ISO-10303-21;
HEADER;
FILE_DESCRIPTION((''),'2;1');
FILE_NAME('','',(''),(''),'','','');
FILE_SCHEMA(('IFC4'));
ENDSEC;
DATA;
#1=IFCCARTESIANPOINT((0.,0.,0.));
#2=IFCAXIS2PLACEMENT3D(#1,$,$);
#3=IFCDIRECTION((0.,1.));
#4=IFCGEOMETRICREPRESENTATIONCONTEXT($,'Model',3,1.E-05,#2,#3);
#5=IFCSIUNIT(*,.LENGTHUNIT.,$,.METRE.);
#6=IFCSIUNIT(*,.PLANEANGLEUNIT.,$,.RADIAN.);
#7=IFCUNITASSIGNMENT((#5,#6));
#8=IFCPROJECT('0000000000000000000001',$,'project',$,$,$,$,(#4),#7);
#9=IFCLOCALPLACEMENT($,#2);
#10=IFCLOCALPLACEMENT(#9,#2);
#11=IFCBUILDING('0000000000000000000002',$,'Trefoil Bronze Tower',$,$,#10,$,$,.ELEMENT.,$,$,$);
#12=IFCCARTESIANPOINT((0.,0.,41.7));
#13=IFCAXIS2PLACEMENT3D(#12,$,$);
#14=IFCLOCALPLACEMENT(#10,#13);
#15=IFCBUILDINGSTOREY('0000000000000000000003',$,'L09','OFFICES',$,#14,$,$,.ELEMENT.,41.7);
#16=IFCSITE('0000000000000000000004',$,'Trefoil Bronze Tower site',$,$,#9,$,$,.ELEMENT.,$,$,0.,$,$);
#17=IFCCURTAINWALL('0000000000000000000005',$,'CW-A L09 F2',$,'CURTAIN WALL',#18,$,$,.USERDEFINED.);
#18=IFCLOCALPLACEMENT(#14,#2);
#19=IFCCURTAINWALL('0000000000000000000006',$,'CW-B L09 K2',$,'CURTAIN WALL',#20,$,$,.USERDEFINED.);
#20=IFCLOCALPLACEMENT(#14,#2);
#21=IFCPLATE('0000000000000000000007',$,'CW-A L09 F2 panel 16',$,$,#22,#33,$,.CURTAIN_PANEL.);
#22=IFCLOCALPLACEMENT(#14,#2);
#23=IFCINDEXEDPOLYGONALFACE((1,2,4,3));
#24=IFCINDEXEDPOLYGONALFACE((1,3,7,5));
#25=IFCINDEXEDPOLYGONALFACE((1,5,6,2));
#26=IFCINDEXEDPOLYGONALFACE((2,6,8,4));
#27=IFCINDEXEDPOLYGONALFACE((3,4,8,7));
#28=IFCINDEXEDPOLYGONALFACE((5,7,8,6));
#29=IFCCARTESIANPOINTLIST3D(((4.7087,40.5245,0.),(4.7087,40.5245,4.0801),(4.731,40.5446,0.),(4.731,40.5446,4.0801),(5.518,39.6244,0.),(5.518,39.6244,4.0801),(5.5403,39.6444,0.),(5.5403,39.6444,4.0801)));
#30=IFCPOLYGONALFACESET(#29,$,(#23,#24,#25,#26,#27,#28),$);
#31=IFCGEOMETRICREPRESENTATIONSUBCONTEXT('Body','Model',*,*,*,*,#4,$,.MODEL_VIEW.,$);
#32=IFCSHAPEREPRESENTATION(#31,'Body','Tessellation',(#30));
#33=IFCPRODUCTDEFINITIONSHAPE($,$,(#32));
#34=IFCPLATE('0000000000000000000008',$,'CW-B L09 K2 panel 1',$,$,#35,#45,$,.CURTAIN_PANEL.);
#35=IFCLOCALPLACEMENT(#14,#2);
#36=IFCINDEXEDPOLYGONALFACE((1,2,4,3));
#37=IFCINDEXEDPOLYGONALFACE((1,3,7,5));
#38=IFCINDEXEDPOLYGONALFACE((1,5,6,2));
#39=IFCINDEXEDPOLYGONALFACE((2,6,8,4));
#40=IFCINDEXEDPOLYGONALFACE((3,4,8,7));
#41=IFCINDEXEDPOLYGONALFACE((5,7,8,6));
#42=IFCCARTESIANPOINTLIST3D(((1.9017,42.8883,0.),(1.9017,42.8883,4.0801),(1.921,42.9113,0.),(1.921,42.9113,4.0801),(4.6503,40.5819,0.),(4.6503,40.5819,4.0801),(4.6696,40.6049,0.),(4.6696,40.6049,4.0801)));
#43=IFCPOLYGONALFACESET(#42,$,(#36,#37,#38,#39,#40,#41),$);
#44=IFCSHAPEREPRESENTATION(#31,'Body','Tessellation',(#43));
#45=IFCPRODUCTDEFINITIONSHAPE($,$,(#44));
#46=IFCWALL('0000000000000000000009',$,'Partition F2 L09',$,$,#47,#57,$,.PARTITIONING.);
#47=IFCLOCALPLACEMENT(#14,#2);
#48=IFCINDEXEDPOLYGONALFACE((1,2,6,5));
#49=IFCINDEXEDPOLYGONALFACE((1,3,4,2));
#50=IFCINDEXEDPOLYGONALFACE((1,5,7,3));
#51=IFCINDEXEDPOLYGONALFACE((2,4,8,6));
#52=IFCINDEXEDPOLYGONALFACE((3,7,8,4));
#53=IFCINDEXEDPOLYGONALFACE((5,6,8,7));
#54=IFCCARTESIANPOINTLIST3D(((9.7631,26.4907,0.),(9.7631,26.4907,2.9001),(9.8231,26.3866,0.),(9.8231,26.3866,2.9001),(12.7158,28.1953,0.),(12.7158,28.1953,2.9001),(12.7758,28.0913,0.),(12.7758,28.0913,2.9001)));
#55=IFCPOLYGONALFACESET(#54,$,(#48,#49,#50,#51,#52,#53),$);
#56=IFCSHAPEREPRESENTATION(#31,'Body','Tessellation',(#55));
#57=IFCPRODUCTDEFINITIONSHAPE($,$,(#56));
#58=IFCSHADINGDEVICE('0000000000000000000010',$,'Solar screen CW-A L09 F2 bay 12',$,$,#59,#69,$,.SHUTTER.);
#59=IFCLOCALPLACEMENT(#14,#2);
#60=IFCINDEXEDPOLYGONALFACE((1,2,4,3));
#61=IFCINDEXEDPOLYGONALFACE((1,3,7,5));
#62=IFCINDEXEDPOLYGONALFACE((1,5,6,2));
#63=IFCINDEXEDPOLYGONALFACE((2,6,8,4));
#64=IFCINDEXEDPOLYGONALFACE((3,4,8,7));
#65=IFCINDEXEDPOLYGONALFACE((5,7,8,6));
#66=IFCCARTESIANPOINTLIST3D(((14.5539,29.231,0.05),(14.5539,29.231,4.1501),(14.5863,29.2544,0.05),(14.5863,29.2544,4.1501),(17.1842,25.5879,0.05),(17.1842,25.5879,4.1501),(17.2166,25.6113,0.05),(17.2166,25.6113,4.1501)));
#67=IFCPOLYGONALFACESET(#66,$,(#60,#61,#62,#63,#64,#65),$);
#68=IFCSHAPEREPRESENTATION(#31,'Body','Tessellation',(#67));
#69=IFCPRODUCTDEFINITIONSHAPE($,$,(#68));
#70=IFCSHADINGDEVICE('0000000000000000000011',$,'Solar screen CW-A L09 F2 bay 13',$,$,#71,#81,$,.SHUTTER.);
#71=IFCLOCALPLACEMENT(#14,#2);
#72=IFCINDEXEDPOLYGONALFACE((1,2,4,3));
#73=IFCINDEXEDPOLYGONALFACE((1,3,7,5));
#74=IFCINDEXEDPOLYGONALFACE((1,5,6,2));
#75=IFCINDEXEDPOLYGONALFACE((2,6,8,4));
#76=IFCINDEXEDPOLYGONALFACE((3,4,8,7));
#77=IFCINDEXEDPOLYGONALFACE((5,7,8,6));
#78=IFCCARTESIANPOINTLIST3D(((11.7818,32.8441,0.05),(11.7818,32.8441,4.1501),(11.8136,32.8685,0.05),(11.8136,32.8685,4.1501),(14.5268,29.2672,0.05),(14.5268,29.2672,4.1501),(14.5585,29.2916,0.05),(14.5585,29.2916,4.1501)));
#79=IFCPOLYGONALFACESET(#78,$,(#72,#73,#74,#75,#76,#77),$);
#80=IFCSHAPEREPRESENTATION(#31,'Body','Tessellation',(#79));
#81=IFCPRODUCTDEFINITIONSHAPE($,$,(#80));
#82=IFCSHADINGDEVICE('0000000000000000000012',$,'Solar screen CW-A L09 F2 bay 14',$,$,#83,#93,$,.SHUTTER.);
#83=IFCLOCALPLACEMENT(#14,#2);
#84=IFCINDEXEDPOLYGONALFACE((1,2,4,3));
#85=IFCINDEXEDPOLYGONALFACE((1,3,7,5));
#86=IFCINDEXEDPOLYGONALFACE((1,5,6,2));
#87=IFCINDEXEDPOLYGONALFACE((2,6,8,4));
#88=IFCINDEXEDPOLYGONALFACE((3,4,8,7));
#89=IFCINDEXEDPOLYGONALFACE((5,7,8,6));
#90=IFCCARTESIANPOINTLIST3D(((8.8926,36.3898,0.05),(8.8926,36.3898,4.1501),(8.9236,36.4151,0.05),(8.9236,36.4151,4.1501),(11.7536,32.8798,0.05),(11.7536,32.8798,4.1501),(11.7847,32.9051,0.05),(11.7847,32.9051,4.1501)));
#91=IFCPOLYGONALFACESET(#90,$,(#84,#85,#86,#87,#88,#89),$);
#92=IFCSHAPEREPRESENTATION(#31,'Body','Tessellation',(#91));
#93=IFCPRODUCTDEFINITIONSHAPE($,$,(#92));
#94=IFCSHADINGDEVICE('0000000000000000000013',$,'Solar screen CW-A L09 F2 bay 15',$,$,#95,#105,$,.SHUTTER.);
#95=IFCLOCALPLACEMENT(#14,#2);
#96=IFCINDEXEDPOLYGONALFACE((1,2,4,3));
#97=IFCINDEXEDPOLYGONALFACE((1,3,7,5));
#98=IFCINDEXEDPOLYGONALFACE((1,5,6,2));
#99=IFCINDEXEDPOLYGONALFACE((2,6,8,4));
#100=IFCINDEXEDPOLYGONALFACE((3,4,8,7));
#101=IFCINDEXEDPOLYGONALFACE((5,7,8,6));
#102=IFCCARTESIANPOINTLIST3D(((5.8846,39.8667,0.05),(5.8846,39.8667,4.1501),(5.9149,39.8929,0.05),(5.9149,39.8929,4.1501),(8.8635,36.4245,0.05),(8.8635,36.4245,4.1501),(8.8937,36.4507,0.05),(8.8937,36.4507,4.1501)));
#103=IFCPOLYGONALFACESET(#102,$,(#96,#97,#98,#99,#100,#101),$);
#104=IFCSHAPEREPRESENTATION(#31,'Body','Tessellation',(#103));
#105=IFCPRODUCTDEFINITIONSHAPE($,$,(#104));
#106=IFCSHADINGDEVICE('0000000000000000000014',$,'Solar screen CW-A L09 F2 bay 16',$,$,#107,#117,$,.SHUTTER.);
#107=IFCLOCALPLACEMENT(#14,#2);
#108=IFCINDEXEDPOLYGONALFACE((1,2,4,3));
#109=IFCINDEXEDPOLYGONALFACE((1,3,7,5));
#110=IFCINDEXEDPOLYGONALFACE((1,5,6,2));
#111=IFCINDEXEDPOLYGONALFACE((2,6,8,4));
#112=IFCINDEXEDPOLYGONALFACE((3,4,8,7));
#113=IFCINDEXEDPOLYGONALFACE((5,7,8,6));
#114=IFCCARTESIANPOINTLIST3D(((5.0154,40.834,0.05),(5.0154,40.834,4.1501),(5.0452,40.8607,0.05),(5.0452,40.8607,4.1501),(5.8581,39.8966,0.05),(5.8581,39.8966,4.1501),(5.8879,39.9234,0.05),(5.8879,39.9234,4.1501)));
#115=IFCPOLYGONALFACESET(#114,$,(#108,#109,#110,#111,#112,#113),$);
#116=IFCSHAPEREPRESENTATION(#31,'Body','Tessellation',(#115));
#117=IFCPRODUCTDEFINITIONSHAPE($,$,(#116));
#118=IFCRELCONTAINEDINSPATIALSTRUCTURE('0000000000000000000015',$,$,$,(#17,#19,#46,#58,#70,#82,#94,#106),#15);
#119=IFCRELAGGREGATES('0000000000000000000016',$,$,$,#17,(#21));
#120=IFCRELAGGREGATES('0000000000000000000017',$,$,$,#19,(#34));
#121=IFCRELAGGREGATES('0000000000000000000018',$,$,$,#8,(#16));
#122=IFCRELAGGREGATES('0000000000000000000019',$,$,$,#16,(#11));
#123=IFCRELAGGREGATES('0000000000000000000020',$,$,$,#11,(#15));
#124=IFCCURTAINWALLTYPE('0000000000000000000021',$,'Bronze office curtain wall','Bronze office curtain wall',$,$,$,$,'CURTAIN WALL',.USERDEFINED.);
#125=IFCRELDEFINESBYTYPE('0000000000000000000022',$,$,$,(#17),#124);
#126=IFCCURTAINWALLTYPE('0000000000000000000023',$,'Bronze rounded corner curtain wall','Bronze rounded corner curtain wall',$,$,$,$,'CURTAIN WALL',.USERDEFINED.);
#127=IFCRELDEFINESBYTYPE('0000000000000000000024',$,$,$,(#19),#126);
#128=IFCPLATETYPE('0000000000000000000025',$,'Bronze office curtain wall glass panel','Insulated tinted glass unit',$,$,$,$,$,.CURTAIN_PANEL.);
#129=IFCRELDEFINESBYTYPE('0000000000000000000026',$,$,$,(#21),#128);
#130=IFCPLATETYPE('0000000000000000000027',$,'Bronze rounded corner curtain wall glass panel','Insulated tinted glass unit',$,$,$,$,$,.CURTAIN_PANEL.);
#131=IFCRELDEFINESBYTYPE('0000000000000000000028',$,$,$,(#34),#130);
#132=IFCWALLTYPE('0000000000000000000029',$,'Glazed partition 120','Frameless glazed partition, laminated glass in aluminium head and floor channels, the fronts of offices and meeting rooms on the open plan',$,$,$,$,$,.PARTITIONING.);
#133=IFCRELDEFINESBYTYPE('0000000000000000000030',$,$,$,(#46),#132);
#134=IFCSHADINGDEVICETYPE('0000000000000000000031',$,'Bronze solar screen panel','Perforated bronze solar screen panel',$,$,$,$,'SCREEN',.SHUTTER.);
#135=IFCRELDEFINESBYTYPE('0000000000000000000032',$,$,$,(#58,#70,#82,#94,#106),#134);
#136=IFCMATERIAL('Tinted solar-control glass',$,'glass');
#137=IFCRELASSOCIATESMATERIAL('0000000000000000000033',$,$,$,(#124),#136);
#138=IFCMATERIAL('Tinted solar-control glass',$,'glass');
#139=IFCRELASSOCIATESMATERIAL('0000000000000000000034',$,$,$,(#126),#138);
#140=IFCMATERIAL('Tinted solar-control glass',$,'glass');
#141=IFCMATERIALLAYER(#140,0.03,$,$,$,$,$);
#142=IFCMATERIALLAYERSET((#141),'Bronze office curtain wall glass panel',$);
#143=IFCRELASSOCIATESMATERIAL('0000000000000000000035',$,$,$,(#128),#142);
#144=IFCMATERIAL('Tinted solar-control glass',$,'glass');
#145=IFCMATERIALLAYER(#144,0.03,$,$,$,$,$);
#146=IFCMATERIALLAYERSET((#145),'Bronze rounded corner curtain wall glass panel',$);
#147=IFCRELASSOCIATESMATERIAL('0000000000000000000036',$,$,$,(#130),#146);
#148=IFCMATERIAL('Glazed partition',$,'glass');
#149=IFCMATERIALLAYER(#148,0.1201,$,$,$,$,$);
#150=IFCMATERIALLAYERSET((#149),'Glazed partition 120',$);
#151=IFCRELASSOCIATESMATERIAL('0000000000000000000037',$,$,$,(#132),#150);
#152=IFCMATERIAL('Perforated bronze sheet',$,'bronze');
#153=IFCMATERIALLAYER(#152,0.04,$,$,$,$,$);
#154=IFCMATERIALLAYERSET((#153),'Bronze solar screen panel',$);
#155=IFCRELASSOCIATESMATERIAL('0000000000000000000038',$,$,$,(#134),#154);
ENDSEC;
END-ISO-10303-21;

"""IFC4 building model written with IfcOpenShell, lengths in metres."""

from ifc_helpers import new_model, si_unit, direction, frame, frame_2d, origin, origin_2d, place, context, subcontext, project, spatial, rectangle, extrude, material, layer, layer_set, type_object, element, aggregate, save


model = new_model("IFC4")

# Units and contexts
model_context = context("Model", 3, precision=1e-05, world=origin(), true_north=direction((0.0, 1.0)))
body_context = subcontext(model_context, "Body", "Model", "MODEL_VIEW")
ifc_project = project(units=[si_unit("LENGTHUNIT", "METRE"), si_unit("PLANEANGLEUNIT", "RADIAN")], contexts=[model_context])

# Site, building, storey
site_placement = place(None, origin())
site = spatial("IfcSite", under=ifc_project, at=site_placement, Name="Trefoil Bronze Tower site", CompositionType="ELEMENT", RefElevation=0.0)
building_placement = place(site_placement, origin())
building = spatial("IfcBuilding", under=site, at=building_placement, Name="Trefoil Bronze Tower", CompositionType="ELEMENT")
storey_placement = place(building_placement, frame((0.0, 0.0, 41.7)))
storey = spatial("IfcBuildingStorey", under=building, at=storey_placement, Name="L09", Description="OFFICES", CompositionType="ELEMENT", Elevation=41.7)

# Curtain walls
ifc_material_1 = material(Name="Tinted solar-control glass", Category="glass")
curtain_wall_type_1 = type_object("IfcCurtainWallType", Name="Bronze office curtain wall", Description="Bronze office curtain wall", ElementType="CURTAIN WALL", PredefinedType="USERDEFINED", material=ifc_material_1)
curtain_wall_1_placement = place(storey_placement, origin())
curtain_wall_1 = element("IfcCurtainWall", 1, at=curtain_wall_1_placement, inside=storey, type_object=curtain_wall_type_1, Name="CW-A L09 F2", ObjectType="CURTAIN WALL", PredefinedType="USERDEFINED")
ifc_material_2 = material(Name="Tinted solar-control glass", Category="glass")
curtain_wall_type_2 = type_object("IfcCurtainWallType", Name="Bronze rounded corner curtain wall", Description="Bronze rounded corner curtain wall", ElementType="CURTAIN WALL", PredefinedType="USERDEFINED", material=ifc_material_2)
curtain_wall_2_placement = place(storey_placement, origin())
curtain_wall_2 = element("IfcCurtainWall", 2, at=curtain_wall_2_placement, inside=storey, type_object=curtain_wall_type_2, Name="CW-B L09 K2", ObjectType="CURTAIN WALL", PredefinedType="USERDEFINED")

# Plates
ifc_material_3 = material(Name="Tinted solar-control glass", Category="glass")
ifc_layer_1 = layer(ifc_material_3, 0.03)
ifc_layer_set_1 = layer_set([ifc_layer_1], Name="Bronze office curtain wall glass panel")
plate_type_1 = type_object("IfcPlateType", Name="Bronze office curtain wall glass panel", Description="Insulated tinted glass unit", PredefinedType="CURTAIN_PANEL", material=ifc_layer_set_1)
plate_1_placement = place(storey_placement, frame((5.1245, 40.0845, 0.0), z_axis=(0.0, 0.0, 1.0), x_axis=(-0.668575, 0.743645, 0.0)))
plate_1 = element("IfcPlate", 3, at=plate_1_placement, type_object=plate_type_1, Name="CW-A L09 F2 panel 16", PredefinedType="CURTAIN_PANEL", context=body_context, shape_type="SweptSolid", body=[
    extrude(rectangle(XDim=1.2104, YDim=0.03, at=origin_2d()), origin(), (0.0, 0.0, 1.0), 4.0801),
])
aggregate(curtain_wall_1, [plate_1])
ifc_material_4 = material(Name="Tinted solar-control glass", Category="glass")
ifc_layer_2 = layer(ifc_material_4, 0.03)
ifc_layer_set_2 = layer_set([ifc_layer_2], Name="Bronze rounded corner curtain wall glass panel")
plate_type_2 = type_object("IfcPlateType", Name="Bronze rounded corner curtain wall glass panel", Description="Insulated tinted glass unit", PredefinedType="CURTAIN_PANEL", material=ifc_layer_set_2)
plate_2_placement = place(storey_placement, frame((3.2856, 41.7466, 0.0), z_axis=(0.0, 0.0, 1.0), x_axis=(-0.766044, 0.642788, 0.0)))
plate_2 = element("IfcPlate", 4, at=plate_2_placement, type_object=plate_type_2, Name="CW-B L09 K2 panel 1", PredefinedType="CURTAIN_PANEL", context=body_context, shape_type="SweptSolid", body=[
    extrude(rectangle(XDim=3.5881, YDim=0.03, at=origin_2d()), origin(), (0.0, 0.0, 1.0), 4.0801),
])
aggregate(curtain_wall_2, [plate_2])

# Wall
ifc_material_5 = material(Name="Glazed partition", Category="glass")
ifc_layer_3 = layer(ifc_material_5, 0.1201)
ifc_layer_set_3 = layer_set([ifc_layer_3], Name="Glazed partition 120")
wall_type = type_object("IfcWallType", Name="Glazed partition 120", Description="Frameless glazed partition, laminated glass in aluminium head and floor channels, the fronts of offices and meeting rooms on the open plan", PredefinedType="PARTITIONING", material=ifc_layer_set_3)
wall_placement = place(storey_placement, frame((9.7932, 26.4387, 0.0), z_axis=(0.0, 0.0, 1.0), x_axis=(0.86604, 0.499975, 0.0)))
element("IfcWall", 5, at=wall_placement, inside=storey, type_object=wall_type, Name="Partition F2 L09", PredefinedType="PARTITIONING", context=body_context, shape_type="SweptSolid", body=[
    extrude(rectangle(XDim=3.4094, YDim=0.1201, at=frame_2d((1.7046, 0.0))), origin(), (0.0, 0.0, 1.0), 2.9001),
])

# Shading devices
ifc_material_6 = material(Name="Perforated bronze sheet", Category="bronze")
ifc_layer_4 = layer(ifc_material_6, 0.04)
ifc_layer_set_4 = layer_set([ifc_layer_4], Name="Bronze solar screen panel")
shading_device_type = type_object("IfcShadingDeviceType", Name="Bronze solar screen panel", Description="Perforated bronze solar screen panel", ElementType="SCREEN", PredefinedType="SHUTTER", material=ifc_layer_set_4)
shading_device_1_placement = place(storey_placement, frame((15.8853, 27.4211, 0.05), z_axis=(0.0, 0.0, 1.0), x_axis=(-0.585373, 0.810764, 0.0)))
element("IfcShadingDevice", 6, at=shading_device_1_placement, inside=storey, type_object=shading_device_type, Name="Solar screen CW-A L09 F2 bay 12", PredefinedType="SHUTTER", context=body_context, shape_type="SweptSolid", body=[
    extrude(rectangle(XDim=4.4934, YDim=0.04, at=origin_2d()), origin(), (0.0, 0.0, 1.0), 4.1001),
])
shading_device_2_placement = place(storey_placement, frame((13.1702, 31.0679, 0.05), z_axis=(0.0, 0.0, 1.0), x_axis=(-0.608808, 0.793318, 0.0)))
element("IfcShadingDevice", 7, at=shading_device_2_placement, inside=storey, type_object=shading_device_type, Name="Solar screen CW-A L09 F2 bay 13", PredefinedType="SHUTTER", context=body_context, shape_type="SweptSolid", body=[
    extrude(rectangle(XDim=4.5088, YDim=0.04, at=origin_2d()), origin(), (0.0, 0.0, 1.0), 4.1001),
])
shading_device_3_placement = place(storey_placement, frame((10.3386, 34.6475, 0.05), z_axis=(0.0, 0.0, 1.0), x_axis=(-0.631811, 0.775123, 0.0)))
element("IfcShadingDevice", 8, at=shading_device_3_placement, inside=storey, type_object=shading_device_type, Name="Solar screen CW-A L09 F2 bay 14", PredefinedType="SHUTTER", context=body_context, shape_type="SweptSolid", body=[
    extrude(rectangle(XDim=4.5283, YDim=0.04, at=origin_2d()), origin(), (0.0, 0.0, 1.0), 4.1001),
])
shading_device_4_placement = place(storey_placement, frame((7.3892, 38.1587, 0.05), z_axis=(0.0, 0.0, 1.0), x_axis=(-0.654376, 0.756169, 0.0)))
element("IfcShadingDevice", 9, at=shading_device_4_placement, inside=storey, type_object=shading_device_type, Name="Solar screen CW-A L09 F2 bay 15", PredefinedType="SHUTTER", context=body_context, shape_type="SweptSolid", body=[
    extrude(rectangle(XDim=4.5522, YDim=0.04, at=origin_2d()), origin(), (0.0, 0.0, 1.0), 4.1001),
])
shading_device_5_placement = place(storey_placement, frame((5.4517, 40.3787, 0.05), z_axis=(0.0, 0.0, 1.0), x_axis=(-0.668575, 0.743645, 0.0)))
element("IfcShadingDevice", 10, at=shading_device_5_placement, inside=storey, type_object=shading_device_type, Name="Solar screen CW-A L09 F2 bay 16", PredefinedType="SHUTTER", context=body_context, shape_type="SweptSolid", body=[
    extrude(rectangle(XDim=1.2605, YDim=0.04, at=origin_2d()), origin(), (0.0, 0.0, 1.0), 4.1001),
])

save(model, "model.ifc")
